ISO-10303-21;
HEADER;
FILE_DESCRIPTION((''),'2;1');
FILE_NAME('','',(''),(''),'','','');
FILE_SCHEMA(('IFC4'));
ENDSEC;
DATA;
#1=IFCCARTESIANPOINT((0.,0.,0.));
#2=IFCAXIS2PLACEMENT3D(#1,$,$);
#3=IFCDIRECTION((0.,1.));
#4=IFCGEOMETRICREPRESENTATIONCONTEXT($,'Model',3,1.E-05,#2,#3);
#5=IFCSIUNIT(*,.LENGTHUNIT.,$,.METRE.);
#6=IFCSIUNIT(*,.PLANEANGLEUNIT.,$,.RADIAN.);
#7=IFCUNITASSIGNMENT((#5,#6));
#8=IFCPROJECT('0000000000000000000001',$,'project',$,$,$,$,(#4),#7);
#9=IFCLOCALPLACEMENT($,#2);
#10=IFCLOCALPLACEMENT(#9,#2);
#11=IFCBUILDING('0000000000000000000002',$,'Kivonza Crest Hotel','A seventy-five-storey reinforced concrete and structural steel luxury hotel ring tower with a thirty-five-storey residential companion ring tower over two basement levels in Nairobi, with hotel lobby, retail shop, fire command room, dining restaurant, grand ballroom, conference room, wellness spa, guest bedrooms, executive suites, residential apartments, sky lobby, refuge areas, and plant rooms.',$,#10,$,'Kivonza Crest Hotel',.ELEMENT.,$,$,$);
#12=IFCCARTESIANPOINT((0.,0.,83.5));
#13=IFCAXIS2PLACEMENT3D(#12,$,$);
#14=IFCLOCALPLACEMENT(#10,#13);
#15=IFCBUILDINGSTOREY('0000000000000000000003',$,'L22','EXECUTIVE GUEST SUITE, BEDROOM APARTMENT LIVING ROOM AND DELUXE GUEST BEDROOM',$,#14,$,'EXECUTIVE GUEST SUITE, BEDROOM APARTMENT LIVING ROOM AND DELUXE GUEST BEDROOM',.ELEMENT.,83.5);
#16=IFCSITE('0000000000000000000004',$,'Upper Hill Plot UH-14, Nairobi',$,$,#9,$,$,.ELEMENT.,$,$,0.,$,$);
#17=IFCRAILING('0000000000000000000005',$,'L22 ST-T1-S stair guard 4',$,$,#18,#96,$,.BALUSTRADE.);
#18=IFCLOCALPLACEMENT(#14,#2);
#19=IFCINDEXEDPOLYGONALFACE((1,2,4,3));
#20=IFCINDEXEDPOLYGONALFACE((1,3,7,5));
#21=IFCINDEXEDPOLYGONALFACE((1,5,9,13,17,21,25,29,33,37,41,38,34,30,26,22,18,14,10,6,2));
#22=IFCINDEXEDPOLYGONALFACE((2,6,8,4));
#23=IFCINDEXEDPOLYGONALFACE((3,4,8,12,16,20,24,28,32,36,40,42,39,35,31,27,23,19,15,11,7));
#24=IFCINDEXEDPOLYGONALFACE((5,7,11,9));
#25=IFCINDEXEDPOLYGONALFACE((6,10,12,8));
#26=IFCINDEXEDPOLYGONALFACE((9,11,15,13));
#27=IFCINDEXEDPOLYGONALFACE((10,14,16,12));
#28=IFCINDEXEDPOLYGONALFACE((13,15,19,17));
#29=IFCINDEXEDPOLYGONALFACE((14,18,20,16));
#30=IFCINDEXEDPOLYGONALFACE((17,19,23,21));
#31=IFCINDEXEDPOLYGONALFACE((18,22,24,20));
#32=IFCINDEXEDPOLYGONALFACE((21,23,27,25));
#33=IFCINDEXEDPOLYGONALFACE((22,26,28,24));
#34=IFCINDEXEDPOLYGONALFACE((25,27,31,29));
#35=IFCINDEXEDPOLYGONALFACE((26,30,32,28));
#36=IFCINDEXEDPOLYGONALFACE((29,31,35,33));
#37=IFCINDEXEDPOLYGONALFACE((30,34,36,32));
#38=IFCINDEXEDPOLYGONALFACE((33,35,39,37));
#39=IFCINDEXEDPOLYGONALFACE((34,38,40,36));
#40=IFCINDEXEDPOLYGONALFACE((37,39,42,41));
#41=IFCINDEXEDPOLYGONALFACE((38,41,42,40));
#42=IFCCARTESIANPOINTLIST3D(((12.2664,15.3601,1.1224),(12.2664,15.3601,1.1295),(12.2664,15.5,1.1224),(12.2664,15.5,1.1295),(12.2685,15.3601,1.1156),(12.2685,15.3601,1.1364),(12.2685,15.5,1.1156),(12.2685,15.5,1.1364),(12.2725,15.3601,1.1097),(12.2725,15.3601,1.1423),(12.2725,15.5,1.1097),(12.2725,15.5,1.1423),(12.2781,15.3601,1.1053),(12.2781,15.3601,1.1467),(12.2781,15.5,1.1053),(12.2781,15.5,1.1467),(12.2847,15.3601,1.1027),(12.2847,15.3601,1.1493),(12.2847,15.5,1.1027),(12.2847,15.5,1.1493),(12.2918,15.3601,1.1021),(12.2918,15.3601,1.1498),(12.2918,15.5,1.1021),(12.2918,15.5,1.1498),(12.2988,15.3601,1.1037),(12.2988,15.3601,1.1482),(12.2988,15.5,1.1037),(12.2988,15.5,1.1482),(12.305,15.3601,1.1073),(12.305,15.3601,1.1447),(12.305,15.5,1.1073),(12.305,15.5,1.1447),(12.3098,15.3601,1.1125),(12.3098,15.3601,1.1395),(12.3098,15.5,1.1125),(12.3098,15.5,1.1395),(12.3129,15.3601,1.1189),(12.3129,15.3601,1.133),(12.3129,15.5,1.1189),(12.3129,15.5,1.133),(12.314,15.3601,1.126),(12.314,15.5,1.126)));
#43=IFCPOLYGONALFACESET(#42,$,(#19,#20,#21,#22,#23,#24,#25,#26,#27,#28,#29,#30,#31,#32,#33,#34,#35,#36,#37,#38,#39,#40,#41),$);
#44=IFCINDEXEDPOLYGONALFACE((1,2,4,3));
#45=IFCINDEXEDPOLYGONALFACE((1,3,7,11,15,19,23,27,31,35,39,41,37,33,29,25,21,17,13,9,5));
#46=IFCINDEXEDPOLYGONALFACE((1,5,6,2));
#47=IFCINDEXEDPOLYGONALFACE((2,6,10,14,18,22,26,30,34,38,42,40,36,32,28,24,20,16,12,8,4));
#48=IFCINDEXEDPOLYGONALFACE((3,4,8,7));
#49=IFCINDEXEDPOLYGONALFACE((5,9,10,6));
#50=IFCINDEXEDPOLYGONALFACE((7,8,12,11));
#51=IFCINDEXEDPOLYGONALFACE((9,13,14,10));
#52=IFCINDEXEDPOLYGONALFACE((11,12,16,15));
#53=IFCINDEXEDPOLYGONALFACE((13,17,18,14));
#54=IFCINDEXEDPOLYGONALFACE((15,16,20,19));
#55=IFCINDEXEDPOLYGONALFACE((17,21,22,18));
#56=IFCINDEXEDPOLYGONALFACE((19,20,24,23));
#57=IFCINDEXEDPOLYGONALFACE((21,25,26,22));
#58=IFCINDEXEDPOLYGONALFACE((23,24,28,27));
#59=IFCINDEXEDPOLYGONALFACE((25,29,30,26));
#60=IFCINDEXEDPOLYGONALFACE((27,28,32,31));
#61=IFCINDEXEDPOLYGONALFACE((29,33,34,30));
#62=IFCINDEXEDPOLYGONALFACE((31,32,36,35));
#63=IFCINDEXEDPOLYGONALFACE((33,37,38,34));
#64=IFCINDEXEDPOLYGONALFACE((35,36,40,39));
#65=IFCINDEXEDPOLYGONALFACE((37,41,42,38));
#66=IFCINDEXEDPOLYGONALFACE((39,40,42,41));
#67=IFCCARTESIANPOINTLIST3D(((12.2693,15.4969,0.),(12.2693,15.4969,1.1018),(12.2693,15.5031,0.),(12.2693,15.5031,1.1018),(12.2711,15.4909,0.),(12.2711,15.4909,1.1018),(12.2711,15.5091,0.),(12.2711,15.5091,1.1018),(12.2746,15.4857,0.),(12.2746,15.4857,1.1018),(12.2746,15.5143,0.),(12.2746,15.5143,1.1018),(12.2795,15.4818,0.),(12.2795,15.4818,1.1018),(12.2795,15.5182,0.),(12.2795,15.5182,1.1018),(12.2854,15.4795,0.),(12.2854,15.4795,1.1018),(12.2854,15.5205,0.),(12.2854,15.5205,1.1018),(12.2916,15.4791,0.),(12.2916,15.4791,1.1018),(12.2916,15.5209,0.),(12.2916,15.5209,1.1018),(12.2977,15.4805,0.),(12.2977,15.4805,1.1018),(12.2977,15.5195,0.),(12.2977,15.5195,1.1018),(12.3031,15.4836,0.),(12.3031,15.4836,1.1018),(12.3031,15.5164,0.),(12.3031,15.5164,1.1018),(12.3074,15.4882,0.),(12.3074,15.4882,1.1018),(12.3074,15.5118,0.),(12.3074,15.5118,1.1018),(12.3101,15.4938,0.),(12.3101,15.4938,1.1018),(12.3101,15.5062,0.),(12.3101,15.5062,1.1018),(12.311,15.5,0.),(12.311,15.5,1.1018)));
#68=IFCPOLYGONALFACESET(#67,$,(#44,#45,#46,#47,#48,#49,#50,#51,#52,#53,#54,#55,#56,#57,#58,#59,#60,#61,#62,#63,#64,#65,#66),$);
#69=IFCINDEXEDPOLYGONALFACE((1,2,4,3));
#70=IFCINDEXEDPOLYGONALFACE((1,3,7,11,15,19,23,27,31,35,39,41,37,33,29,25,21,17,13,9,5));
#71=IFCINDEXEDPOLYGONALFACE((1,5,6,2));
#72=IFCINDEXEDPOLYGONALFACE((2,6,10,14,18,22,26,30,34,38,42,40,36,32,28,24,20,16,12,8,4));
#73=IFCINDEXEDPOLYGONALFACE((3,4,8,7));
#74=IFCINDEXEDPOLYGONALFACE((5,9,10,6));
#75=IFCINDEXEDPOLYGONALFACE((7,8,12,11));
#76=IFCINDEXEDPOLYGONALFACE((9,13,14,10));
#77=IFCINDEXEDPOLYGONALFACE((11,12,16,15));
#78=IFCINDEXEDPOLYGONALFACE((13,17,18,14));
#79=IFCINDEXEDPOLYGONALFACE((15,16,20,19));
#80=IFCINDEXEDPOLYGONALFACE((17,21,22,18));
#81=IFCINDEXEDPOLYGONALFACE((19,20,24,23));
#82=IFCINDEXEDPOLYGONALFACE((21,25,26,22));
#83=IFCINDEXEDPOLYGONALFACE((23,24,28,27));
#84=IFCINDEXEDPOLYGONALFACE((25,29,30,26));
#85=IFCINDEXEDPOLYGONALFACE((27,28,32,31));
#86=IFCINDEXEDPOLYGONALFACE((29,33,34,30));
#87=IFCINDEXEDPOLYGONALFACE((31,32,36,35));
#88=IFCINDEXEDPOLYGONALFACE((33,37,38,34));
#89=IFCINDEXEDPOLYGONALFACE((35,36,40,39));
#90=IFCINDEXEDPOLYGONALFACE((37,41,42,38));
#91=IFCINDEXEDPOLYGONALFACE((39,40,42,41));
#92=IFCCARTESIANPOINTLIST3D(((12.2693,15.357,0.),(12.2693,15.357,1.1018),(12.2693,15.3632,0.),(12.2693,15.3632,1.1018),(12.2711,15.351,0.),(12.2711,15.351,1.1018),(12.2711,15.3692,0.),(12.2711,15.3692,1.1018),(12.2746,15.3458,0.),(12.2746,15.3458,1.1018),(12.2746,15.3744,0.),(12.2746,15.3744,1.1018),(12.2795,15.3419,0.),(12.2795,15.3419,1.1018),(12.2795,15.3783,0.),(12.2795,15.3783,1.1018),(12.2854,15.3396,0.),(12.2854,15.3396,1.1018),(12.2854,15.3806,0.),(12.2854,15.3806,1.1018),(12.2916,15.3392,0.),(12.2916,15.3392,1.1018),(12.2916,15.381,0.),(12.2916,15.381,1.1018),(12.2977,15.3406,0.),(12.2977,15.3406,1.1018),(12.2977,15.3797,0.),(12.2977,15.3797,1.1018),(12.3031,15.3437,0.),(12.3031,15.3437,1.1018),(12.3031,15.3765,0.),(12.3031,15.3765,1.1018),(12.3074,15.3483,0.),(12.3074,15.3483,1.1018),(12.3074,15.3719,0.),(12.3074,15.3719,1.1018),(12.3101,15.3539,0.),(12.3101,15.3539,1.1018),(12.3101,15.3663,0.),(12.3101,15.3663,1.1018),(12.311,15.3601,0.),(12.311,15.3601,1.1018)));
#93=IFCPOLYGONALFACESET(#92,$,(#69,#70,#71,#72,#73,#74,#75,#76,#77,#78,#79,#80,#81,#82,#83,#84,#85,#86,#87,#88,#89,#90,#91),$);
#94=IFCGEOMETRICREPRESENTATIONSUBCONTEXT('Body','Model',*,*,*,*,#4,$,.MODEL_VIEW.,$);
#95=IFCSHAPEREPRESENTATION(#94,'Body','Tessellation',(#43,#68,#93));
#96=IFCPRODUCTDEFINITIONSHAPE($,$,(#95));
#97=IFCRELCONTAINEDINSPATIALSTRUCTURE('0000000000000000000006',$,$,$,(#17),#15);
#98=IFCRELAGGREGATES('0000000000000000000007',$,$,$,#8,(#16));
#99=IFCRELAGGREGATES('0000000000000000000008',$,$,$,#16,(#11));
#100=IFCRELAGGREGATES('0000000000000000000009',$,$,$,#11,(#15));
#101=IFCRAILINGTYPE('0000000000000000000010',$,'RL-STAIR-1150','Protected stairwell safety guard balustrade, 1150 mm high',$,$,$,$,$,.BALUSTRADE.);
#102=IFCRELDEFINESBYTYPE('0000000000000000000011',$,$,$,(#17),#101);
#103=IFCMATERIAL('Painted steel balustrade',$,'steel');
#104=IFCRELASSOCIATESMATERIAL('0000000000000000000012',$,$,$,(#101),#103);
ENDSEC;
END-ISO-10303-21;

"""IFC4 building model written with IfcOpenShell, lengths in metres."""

from ifc_helpers import new_model, si_unit, direction, frame, origin, origin_2d, place, context, subcontext, project, spatial, circle, extrude, material, type_object, element, save


model = new_model("IFC4")

# Units and contexts
model_context = context("Model", 3, precision=1e-05, world=origin(), true_north=direction((0.0, 1.0)))
body_context = subcontext(model_context, "Body", "Model", "MODEL_VIEW")
ifc_project = project(units=[si_unit("LENGTHUNIT", "METRE"), si_unit("PLANEANGLEUNIT", "RADIAN")], contexts=[model_context])

# Site, building, storey
site_placement = place(None, origin())
site = spatial("IfcSite", under=ifc_project, at=site_placement, Name="Upper Hill Plot UH-14, Nairobi", CompositionType="ELEMENT", RefElevation=0.0)
building_placement = place(site_placement, origin())
building = spatial("IfcBuilding", under=site, at=building_placement, Name="Kivonza Crest Hotel", Description="A seventy-five-storey reinforced concrete and structural steel luxury hotel ring tower with a thirty-five-storey residential companion ring tower over two basement levels in Nairobi, with hotel lobby, retail shop, fire command room, dining restaurant, grand ballroom, conference room, wellness spa, guest bedrooms, executive suites, residential apartments, sky lobby, refuge areas, and plant rooms.", LongName="Kivonza Crest Hotel", CompositionType="ELEMENT")
storey_placement = place(building_placement, frame((0.0, 0.0, 83.5)))
storey = spatial("IfcBuildingStorey", under=building, at=storey_placement, Name="L22", Description="EXECUTIVE GUEST SUITE, BEDROOM APARTMENT LIVING ROOM AND DELUXE GUEST BEDROOM", LongName="EXECUTIVE GUEST SUITE, BEDROOM APARTMENT LIVING ROOM AND DELUXE GUEST BEDROOM", CompositionType="ELEMENT", Elevation=83.5)

# Railing
ifc_material_1 = material(Name="Painted steel balustrade", Category="steel")
railing_type_1 = type_object("IfcRailingType", Name="RL-STAIR-1150", Description="Protected stairwell safety guard balustrade, 1150 mm high", PredefinedType="BALUSTRADE", material=ifc_material_1)
railing_1_placement = place(storey_placement, frame((12.29, 15.5, 0.0)))
element("IfcRailing", 1, at=railing_1_placement, inside=storey, type_object=railing_type_1, Name="L22 ST-T1-S stair guard 4", PredefinedType="BALUSTRADE", context=body_context, shape_type="SweptSolid", body=[
    extrude(circle(Radius=0.0239, at=origin_2d()), frame((0.0, 0.0, 1.126), z_axis=(0.0, -1.0, 0.0), x_axis=(1.0, 0.0, 0.0)), (0.0, 0.0, 1.0), 0.1399),
    extrude(circle(Radius=0.021, at=origin_2d()), origin(), (0.0, 0.0, 1.0), 1.1018),
    extrude(circle(Radius=0.021, at=origin_2d()), frame((0.0, -0.1399, 0.0)), (0.0, 0.0, 1.0), 1.1018),
])

save(model, "model.ifc")
